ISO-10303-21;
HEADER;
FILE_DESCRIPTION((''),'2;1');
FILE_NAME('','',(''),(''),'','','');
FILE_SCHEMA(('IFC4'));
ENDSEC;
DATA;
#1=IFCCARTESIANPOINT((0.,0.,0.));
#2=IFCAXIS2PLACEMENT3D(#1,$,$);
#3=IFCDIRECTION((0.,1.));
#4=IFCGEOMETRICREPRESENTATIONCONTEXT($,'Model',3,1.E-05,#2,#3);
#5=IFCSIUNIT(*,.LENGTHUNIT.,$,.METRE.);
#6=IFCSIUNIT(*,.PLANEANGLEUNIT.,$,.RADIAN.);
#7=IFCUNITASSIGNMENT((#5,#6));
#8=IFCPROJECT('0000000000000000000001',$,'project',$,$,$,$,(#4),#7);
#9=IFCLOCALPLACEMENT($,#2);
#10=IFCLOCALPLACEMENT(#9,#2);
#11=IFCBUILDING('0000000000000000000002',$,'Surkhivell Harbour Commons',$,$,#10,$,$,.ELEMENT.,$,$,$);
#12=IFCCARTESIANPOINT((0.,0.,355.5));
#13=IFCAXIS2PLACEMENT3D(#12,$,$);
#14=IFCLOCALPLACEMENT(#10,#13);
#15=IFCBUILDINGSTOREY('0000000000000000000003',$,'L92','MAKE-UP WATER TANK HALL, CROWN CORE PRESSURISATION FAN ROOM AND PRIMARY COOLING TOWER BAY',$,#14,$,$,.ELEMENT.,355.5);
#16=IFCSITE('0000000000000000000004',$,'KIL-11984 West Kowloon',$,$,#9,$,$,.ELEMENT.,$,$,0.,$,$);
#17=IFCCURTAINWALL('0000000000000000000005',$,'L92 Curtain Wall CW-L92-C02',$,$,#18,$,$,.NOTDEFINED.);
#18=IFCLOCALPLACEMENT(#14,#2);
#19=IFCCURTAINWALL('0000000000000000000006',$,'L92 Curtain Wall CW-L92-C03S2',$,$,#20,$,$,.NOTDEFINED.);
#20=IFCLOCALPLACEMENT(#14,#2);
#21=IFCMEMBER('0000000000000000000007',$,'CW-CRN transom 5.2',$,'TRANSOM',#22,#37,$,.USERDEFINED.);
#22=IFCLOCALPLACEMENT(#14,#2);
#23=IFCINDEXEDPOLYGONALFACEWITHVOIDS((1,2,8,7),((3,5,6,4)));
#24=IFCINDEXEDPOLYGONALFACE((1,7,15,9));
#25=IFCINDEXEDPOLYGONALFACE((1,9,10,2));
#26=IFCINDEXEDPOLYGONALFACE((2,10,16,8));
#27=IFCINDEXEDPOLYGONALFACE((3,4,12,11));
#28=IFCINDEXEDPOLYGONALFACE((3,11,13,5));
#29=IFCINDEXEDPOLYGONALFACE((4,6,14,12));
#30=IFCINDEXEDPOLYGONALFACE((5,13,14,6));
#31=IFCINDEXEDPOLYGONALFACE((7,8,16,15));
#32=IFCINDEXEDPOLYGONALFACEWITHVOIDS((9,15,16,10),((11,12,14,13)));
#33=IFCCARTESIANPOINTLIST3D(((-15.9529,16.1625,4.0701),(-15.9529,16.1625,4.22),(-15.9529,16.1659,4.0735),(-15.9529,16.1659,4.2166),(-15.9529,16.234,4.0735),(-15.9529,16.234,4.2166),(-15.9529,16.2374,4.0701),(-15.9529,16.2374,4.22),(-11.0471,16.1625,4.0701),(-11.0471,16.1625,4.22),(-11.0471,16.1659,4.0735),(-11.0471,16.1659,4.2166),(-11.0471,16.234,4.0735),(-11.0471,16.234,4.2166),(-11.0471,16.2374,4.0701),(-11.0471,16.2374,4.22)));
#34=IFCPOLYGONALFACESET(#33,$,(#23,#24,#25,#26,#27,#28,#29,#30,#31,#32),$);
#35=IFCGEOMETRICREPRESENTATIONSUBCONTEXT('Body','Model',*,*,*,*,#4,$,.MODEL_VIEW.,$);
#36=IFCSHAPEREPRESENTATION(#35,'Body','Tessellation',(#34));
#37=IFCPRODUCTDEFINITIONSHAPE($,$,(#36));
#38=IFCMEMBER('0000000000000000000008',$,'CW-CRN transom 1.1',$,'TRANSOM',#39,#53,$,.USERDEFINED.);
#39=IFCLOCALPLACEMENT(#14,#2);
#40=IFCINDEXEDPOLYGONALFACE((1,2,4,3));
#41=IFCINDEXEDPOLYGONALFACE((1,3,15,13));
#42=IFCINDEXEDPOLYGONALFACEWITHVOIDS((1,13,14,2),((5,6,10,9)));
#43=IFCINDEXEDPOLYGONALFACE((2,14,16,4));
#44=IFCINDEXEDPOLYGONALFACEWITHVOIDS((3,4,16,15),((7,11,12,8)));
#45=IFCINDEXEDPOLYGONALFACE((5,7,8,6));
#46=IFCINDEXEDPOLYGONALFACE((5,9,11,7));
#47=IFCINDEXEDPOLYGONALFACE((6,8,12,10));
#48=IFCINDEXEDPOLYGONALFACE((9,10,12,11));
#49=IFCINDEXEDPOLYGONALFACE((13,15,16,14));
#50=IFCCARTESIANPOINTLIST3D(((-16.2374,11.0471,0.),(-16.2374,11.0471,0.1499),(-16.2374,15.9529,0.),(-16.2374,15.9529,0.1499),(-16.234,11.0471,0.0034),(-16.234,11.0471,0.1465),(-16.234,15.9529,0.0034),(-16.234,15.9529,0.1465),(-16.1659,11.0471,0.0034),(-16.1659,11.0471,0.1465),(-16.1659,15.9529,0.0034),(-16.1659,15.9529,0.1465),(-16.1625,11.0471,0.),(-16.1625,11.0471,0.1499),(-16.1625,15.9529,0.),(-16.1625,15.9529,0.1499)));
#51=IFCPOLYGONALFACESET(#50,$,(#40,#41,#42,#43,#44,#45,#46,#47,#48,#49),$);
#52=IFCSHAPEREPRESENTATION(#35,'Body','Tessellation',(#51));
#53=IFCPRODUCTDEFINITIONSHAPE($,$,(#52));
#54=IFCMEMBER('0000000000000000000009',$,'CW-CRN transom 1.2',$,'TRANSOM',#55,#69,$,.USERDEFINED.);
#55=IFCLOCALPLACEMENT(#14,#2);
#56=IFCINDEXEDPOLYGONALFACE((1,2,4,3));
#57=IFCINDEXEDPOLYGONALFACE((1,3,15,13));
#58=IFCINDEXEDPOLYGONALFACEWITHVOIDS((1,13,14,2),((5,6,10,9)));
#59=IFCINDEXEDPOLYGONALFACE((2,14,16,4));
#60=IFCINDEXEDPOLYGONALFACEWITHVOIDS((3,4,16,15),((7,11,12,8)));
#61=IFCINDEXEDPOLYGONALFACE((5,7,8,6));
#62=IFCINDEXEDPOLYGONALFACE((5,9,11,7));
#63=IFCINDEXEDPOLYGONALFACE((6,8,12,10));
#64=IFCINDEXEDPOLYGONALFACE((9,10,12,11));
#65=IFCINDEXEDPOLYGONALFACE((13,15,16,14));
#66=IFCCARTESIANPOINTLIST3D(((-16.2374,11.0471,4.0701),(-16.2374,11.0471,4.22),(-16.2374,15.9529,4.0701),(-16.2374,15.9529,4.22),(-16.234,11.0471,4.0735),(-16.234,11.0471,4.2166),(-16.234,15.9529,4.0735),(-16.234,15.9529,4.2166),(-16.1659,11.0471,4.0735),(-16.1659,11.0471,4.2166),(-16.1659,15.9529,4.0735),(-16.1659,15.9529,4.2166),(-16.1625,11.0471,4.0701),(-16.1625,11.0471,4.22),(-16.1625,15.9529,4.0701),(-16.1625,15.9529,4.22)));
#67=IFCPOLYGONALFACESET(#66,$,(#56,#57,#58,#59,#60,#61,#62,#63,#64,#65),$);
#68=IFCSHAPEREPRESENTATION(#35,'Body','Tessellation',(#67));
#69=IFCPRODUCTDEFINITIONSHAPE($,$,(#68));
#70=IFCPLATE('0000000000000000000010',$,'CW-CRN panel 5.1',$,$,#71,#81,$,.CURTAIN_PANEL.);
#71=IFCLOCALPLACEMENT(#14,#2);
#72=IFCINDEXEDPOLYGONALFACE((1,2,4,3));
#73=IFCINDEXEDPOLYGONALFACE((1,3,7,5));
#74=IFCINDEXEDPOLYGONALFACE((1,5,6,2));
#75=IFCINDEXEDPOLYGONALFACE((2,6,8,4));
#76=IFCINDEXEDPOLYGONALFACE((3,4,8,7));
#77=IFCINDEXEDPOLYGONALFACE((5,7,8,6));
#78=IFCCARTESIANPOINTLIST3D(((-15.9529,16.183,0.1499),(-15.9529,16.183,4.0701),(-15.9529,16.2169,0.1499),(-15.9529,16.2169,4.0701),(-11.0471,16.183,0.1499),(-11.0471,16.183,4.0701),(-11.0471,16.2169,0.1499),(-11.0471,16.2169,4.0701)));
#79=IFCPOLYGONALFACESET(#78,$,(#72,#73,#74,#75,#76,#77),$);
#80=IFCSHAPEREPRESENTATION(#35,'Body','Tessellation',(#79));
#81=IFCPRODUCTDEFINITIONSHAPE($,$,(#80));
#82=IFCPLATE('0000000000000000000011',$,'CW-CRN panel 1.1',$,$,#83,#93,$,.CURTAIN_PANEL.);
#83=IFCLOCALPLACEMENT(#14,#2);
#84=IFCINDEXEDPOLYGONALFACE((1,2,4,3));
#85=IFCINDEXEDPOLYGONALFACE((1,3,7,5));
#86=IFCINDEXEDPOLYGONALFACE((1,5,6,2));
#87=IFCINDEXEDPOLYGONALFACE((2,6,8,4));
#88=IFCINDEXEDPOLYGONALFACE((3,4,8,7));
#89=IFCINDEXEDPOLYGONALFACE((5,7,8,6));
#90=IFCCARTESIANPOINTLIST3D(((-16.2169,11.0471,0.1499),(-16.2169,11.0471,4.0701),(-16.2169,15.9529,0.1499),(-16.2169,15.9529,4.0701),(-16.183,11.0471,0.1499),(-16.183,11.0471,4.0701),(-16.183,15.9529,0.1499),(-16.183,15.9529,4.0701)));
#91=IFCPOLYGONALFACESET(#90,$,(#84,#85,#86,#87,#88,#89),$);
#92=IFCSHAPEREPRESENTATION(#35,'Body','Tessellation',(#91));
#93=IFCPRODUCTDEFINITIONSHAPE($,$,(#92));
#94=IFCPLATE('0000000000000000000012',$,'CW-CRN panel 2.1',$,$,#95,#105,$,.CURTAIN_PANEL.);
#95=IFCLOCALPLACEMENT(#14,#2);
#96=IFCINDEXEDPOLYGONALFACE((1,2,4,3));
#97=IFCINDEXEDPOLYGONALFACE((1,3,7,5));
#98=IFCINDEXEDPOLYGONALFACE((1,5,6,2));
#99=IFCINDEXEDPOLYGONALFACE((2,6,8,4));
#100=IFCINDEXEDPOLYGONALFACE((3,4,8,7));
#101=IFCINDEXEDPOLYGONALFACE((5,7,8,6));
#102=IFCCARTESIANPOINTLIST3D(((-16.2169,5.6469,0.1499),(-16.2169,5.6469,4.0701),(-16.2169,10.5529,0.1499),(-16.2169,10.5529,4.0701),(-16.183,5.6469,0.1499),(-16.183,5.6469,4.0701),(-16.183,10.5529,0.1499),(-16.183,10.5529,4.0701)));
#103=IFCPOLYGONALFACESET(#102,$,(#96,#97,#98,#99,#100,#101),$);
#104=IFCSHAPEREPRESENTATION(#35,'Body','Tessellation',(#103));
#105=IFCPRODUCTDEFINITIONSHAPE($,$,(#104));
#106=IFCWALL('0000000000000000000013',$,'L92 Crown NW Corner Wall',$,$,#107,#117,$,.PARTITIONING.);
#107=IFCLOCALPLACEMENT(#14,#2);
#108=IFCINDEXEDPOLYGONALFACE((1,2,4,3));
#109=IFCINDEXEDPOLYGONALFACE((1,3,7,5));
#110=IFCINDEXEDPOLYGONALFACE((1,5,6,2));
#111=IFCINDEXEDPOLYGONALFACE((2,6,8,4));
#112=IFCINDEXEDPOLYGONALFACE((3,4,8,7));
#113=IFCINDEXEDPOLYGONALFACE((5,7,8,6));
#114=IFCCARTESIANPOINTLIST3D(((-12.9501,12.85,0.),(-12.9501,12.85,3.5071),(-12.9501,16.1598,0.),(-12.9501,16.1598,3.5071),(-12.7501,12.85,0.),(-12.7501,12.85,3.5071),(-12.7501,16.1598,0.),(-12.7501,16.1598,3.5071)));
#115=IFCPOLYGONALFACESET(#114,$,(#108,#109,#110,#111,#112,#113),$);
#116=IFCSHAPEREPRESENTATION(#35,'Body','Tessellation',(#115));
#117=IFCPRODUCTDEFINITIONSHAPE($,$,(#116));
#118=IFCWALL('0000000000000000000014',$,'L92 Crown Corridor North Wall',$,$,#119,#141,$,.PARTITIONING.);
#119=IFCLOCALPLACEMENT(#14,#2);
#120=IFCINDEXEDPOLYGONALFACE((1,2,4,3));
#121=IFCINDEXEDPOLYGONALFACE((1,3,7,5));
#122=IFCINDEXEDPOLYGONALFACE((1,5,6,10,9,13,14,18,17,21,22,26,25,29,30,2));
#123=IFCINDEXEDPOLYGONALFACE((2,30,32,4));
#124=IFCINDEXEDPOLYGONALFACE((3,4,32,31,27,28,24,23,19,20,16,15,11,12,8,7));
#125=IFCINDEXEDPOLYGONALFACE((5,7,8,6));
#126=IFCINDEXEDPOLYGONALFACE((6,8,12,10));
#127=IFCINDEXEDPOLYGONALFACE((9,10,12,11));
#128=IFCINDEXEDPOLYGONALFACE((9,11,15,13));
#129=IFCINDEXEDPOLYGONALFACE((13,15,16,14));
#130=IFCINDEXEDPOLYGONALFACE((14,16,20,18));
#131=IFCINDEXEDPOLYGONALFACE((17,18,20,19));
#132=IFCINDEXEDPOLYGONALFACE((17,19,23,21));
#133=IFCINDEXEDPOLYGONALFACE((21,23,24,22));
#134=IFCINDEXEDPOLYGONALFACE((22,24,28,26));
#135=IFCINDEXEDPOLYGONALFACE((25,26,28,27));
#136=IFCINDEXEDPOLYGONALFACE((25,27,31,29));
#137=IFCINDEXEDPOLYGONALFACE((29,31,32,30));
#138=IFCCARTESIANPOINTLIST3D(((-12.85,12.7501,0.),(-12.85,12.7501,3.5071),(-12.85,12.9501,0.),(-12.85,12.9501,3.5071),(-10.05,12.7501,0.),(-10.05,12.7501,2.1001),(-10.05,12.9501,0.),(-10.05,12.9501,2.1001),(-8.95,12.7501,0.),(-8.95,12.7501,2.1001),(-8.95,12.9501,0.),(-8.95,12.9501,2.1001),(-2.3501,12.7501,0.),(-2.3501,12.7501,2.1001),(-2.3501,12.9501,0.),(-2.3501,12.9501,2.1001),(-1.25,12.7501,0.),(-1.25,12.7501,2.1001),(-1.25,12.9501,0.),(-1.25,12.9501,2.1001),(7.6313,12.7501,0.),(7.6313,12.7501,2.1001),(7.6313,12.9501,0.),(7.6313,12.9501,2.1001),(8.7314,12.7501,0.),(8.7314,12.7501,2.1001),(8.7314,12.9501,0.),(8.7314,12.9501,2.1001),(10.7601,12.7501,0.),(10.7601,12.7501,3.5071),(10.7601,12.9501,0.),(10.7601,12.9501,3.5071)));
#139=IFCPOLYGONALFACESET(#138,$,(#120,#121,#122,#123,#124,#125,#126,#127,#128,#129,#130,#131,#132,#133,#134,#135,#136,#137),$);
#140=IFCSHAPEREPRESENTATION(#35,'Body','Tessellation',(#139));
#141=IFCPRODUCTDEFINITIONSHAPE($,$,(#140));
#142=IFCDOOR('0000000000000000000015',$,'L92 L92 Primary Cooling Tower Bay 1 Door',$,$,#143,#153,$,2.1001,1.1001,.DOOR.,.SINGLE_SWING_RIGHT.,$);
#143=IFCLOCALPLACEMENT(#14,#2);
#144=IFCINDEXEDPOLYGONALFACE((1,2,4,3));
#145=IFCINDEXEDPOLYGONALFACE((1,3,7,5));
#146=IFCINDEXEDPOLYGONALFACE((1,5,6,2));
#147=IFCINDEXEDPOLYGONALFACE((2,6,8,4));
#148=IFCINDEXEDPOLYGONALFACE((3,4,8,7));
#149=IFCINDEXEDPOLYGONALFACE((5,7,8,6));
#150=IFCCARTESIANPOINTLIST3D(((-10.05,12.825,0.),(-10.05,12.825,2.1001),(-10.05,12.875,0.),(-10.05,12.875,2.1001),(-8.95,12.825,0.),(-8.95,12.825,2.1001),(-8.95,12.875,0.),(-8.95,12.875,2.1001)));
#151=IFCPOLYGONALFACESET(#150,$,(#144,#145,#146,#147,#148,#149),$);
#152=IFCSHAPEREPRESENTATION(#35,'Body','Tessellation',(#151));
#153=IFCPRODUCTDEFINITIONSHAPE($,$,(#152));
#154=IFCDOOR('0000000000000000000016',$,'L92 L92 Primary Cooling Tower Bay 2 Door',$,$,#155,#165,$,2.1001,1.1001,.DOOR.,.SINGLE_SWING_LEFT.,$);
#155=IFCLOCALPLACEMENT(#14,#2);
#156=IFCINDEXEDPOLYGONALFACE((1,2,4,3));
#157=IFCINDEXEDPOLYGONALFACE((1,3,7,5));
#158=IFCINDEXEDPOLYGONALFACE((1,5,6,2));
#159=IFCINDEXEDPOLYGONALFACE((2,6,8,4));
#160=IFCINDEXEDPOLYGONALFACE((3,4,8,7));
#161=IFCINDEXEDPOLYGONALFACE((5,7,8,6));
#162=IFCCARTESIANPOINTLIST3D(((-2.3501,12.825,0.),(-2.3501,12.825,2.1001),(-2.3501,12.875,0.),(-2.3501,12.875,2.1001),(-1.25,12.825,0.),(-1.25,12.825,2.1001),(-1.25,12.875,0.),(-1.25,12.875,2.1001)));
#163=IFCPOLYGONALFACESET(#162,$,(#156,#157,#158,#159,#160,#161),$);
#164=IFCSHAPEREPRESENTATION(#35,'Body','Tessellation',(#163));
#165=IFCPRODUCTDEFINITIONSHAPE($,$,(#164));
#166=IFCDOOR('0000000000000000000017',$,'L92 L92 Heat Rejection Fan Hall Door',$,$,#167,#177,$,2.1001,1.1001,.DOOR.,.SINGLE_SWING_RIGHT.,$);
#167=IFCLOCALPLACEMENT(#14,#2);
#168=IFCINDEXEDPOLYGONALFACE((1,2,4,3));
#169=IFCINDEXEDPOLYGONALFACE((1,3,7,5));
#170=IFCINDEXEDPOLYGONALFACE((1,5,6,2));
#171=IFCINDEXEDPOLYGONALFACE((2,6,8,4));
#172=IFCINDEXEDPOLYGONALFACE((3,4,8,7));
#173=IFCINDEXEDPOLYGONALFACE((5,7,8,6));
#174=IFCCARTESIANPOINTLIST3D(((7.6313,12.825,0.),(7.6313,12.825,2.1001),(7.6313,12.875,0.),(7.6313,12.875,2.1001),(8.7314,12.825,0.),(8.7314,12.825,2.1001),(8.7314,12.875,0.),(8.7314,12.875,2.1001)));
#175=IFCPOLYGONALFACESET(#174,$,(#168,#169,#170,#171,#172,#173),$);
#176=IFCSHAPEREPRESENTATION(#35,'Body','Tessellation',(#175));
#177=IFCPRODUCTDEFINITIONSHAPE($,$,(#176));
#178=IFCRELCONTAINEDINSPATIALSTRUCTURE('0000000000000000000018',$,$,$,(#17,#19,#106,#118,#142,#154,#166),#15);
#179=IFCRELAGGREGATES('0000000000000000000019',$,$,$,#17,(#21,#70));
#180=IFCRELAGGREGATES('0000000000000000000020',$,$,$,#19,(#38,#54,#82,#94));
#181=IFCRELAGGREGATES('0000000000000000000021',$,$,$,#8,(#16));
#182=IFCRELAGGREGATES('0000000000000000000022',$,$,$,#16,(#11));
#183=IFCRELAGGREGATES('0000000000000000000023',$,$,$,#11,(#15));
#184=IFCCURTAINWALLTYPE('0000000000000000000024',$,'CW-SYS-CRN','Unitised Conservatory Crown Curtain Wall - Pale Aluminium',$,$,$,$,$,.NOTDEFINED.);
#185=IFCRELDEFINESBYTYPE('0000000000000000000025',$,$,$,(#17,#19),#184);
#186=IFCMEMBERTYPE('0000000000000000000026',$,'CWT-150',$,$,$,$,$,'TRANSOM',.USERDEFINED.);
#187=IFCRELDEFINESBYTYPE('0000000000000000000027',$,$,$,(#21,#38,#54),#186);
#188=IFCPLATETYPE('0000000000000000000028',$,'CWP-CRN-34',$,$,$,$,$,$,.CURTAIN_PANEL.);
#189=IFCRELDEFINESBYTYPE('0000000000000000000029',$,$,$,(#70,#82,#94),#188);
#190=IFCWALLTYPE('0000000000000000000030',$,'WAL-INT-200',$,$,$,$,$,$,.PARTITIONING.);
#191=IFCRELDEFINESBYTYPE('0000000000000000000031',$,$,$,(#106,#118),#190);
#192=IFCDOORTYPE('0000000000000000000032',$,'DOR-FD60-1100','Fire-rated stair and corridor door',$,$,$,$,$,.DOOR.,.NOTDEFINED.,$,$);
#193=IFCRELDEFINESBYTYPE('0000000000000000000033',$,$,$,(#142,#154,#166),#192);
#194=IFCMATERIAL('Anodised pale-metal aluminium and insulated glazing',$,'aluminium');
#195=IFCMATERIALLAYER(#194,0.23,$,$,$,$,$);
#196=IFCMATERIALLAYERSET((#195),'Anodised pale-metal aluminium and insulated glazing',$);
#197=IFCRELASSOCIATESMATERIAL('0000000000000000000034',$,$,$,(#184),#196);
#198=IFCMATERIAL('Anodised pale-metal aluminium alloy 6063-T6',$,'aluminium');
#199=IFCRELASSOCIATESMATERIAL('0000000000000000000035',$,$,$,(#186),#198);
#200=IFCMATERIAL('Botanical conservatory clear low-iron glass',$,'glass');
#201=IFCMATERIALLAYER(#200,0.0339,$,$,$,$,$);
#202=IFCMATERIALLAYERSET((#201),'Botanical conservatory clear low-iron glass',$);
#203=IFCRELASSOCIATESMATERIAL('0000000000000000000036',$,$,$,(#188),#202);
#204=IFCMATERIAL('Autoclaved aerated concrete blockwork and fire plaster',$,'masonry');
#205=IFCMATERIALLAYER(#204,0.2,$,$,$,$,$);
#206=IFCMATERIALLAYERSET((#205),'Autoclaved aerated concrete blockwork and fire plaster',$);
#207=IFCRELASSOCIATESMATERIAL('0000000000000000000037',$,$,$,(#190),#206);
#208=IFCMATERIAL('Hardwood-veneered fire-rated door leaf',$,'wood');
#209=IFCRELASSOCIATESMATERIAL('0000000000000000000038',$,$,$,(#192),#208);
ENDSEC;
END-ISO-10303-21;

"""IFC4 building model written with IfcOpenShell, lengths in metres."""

from ifc_helpers import new_model, si_unit, direction, frame, frame_2d, origin, origin_2d, place, context, subcontext, project, spatial, rectangle, hollow_rectangle, extrude, material, layer, layer_set, material_profile, profile_set, type_object, element, fill, aggregate, save


model = new_model("IFC4")

# Units and contexts
model_context = context("Model", 3, precision=1e-05, world=origin(), true_north=direction((0.0, 1.0)))
body_context = subcontext(model_context, "Body", "Model", "MODEL_VIEW")
ifc_project = project(units=[si_unit("LENGTHUNIT", "METRE"), si_unit("PLANEANGLEUNIT", "RADIAN")], contexts=[model_context])

# Site, building, storey
site_placement = place(None, origin())
site = spatial("IfcSite", under=ifc_project, at=site_placement, Name="KIL-11984 West Kowloon", CompositionType="ELEMENT", RefElevation=0.0)
building_placement = place(site_placement, origin())
building = spatial("IfcBuilding", under=site, at=building_placement, Name="Surkhivell Harbour Commons", CompositionType="ELEMENT")
storey_placement = place(building_placement, frame((0.0, 0.0, 355.5)))
storey = spatial("IfcBuildingStorey", under=building, at=storey_placement, Name="L92", Description="MAKE-UP WATER TANK HALL, CROWN CORE PRESSURISATION FAN ROOM AND PRIMARY COOLING TOWER BAY", CompositionType="ELEMENT", Elevation=355.5)

# Curtain wall
ifc_material_1 = material(Name="Anodised pale-metal aluminium and insulated glazing", Category="aluminium")
ifc_layer_1 = layer(ifc_material_1, 0.23)
ifc_layer_set_1 = layer_set([ifc_layer_1], Name="Anodised pale-metal aluminium and insulated glazing")
curtain_wall_type = type_object("IfcCurtainWallType", Name="CW-SYS-CRN", Description="Unitised Conservatory Crown Curtain Wall - Pale Aluminium", PredefinedType="NOTDEFINED", material=ifc_layer_set_1)
curtain_wall_1_placement = place(storey_placement, origin())
curtain_wall_1 = element("IfcCurtainWall", 1, at=curtain_wall_1_placement, inside=storey, type_object=curtain_wall_type, Name="L92 Curtain Wall CW-L92-C02", PredefinedType="NOTDEFINED")
ifc_material_2 = material(Name="Anodised pale-metal aluminium alloy 6063-T6", Category="aluminium")

# Curtain wall
curtain_wall_2_placement = place(storey_placement, origin())
curtain_wall_2 = element("IfcCurtainWall", 2, at=curtain_wall_2_placement, inside=storey, type_object=curtain_wall_type, Name="L92 Curtain Wall CW-L92-C03S2", PredefinedType="NOTDEFINED")

# Members
ifc_material_profile_1 = material_profile(ifc_material_2, hollow_rectangle(XDim=0.075, YDim=0.1499, WallThickness=0.0034, at=origin_2d()), Name="ALU-TRAN-75x150")
ifc_profile_set_1 = profile_set([ifc_material_profile_1], Name="Anodised pale-metal aluminium alloy 6063-T6")
member_type_1 = type_object("IfcMemberType", Name="CWT-150", ElementType="TRANSOM", PredefinedType="USERDEFINED", material=ifc_profile_set_1)
member_1_placement = place(storey_placement, frame((-11.0471, 16.2, 4.145), z_axis=(-1.0, 0.0, 0.0), x_axis=(0.0, -1.0, 0.0)))
member_1 = element("IfcMember", 3, at=member_1_placement, type_object=member_type_1, Name="CW-CRN transom 5.2", ObjectType="TRANSOM", PredefinedType="USERDEFINED", context=body_context, shape_type="SweptSolid", body=[
    extrude(hollow_rectangle(XDim=0.075, YDim=0.1499, WallThickness=0.0034, at=origin_2d()), origin(), (0.0, 0.0, 1.0), 4.9058),
])
member_2_placement = place(storey_placement, frame((-16.2, 15.9529, 0.075), z_axis=(0.0, -1.0, 0.0), x_axis=(1.0, 0.0, 0.0)))
member_2 = element("IfcMember", 4, at=member_2_placement, type_object=member_type_1, Name="CW-CRN transom 1.1", ObjectType="TRANSOM", PredefinedType="USERDEFINED", context=body_context, shape_type="SweptSolid", body=[
    extrude(hollow_rectangle(XDim=0.075, YDim=0.1499, WallThickness=0.0034, at=origin_2d()), origin(), (0.0, 0.0, 1.0), 4.9058),
])
member_3_placement = place(storey_placement, frame((-16.2, 15.9529, 4.145), z_axis=(0.0, -1.0, 0.0), x_axis=(1.0, 0.0, 0.0)))
member_3 = element("IfcMember", 5, at=member_3_placement, type_object=member_type_1, Name="CW-CRN transom 1.2", ObjectType="TRANSOM", PredefinedType="USERDEFINED", context=body_context, shape_type="SweptSolid", body=[
    extrude(hollow_rectangle(XDim=0.075, YDim=0.1499, WallThickness=0.0034, at=origin_2d()), origin(), (0.0, 0.0, 1.0), 4.9058),
])

# Plates
ifc_material_3 = material(Name="Botanical conservatory clear low-iron glass", Category="glass")
ifc_layer_2 = layer(ifc_material_3, 0.0339)
ifc_layer_set_2 = layer_set([ifc_layer_2], Name="Botanical conservatory clear low-iron glass")
plate_type = type_object("IfcPlateType", Name="CWP-CRN-34", PredefinedType="CURTAIN_PANEL", material=ifc_layer_set_2)
plate_1_placement = place(storey_placement, frame((-11.0471, 16.2, 0.1499), z_axis=(0.0, 0.0, 1.0), x_axis=(-1.0, 0.0, 0.0)))
plate_1 = element("IfcPlate", 6, at=plate_1_placement, type_object=plate_type, Name="CW-CRN panel 5.1", PredefinedType="CURTAIN_PANEL", context=body_context, shape_type="SweptSolid", body=[
    extrude(rectangle(XDim=4.9058, YDim=0.0339, at=frame_2d((2.4529, 0.0))), origin(), (0.0, 0.0, 1.0), 3.9202),
])
aggregate(curtain_wall_1, [member_1, plate_1])
plate_2_placement = place(storey_placement, frame((-16.2, 15.9529, 0.1499), z_axis=(0.0, 0.0, 1.0), x_axis=(0.0, -1.0, 0.0)))
plate_2 = element("IfcPlate", 7, at=plate_2_placement, type_object=plate_type, Name="CW-CRN panel 1.1", PredefinedType="CURTAIN_PANEL", context=body_context, shape_type="SweptSolid", body=[
    extrude(rectangle(XDim=4.9058, YDim=0.0339, at=frame_2d((2.4529, 0.0))), origin(), (0.0, 0.0, 1.0), 3.9202),
])
plate_3_placement = place(storey_placement, frame((-16.2, 10.553, 0.1499), z_axis=(0.0, 0.0, 1.0), x_axis=(0.0, -1.0, 0.0)))
plate_3 = element("IfcPlate", 8, at=plate_3_placement, type_object=plate_type, Name="CW-CRN panel 2.1", PredefinedType="CURTAIN_PANEL", context=body_context, shape_type="SweptSolid", body=[
    extrude(rectangle(XDim=4.906, YDim=0.0339, at=frame_2d((2.4531, 0.0))), origin(), (0.0, 0.0, 1.0), 3.9202),
])
aggregate(curtain_wall_2, [member_2, member_3, plate_2, plate_3])

# Wall
ifc_material_4 = material(Name="Autoclaved aerated concrete blockwork and fire plaster", Category="masonry")
ifc_layer_3 = layer(ifc_material_4, 0.2)
ifc_layer_set_3 = layer_set([ifc_layer_3], Name="Autoclaved aerated concrete blockwork and fire plaster")
wall_type = type_object("IfcWallType", Name="WAL-INT-200", PredefinedType="PARTITIONING", material=ifc_layer_set_3)
wall_1_placement = place(storey_placement, frame((-12.8501, 12.8501, 0.0), z_axis=(0.0, 0.0, 1.0), x_axis=(0.0, 1.0, 0.0)))
element("IfcWall", 9, at=wall_1_placement, inside=storey, type_object=wall_type, Name="L92 Crown NW Corner Wall", PredefinedType="PARTITIONING", context=body_context, shape_type="SweptSolid", body=[
    extrude(rectangle(XDim=3.3098, YDim=0.2, at=frame_2d((1.6548, 0.0))), origin(), (0.0, 0.0, 1.0), 3.5071),
])

# Wall, openings, doors
wall_2_placement = place(storey_placement, frame((-12.8501, 12.8501, 0.0), z_axis=(0.0, 0.0, 1.0), x_axis=(1.0, 0.0, 0.0)))
wall_2 = element("IfcWall", 10, at=wall_2_placement, inside=storey, type_object=wall_type, Name="L92 Crown Corridor North Wall", PredefinedType="PARTITIONING", context=body_context, shape_type="SweptSolid", body=[
    extrude(rectangle(XDim=23.6101, YDim=0.2, at=frame_2d((11.8052, 0.0))), origin(), (0.0, 0.0, 1.0), 3.5071),
])
opening_1_placement = place(wall_2_placement, frame((2.8, 0.0, 0.0)))
opening_1 = element("IfcOpeningElement", 11, at=opening_1_placement, cuts=wall_2, PredefinedType="OPENING", context=body_context, shape_type="SweptSolid", body=[
    extrude(rectangle(XDim=1.1001, YDim=2.1001, at=frame_2d((0.55, 1.05))), frame((0.0, 0.1099, 0.0), z_axis=(0.0, -1.0, 0.0), x_axis=(1.0, 0.0, 0.0)), (0.0, 0.0, 1.0), 0.22),
])
opening_2_placement = place(wall_2_placement, frame((10.5, 0.0, 0.0)))
opening_2 = element("IfcOpeningElement", 12, at=opening_2_placement, cuts=wall_2, PredefinedType="OPENING", context=body_context, shape_type="SweptSolid", body=[
    extrude(rectangle(XDim=1.1001, YDim=2.1001, at=frame_2d((0.55, 1.05))), frame((0.0, 0.1099, 0.0), z_axis=(0.0, -1.0, 0.0), x_axis=(1.0, 0.0, 0.0)), (0.0, 0.0, 1.0), 0.22),
])
opening_3_placement = place(wall_2_placement, frame((20.4814, 0.0, 0.0)))
opening_3 = element("IfcOpeningElement", 13, at=opening_3_placement, cuts=wall_2, PredefinedType="OPENING", context=body_context, shape_type="SweptSolid", body=[
    extrude(rectangle(XDim=1.1001, YDim=2.1001, at=frame_2d((0.55, 1.05))), frame((0.0, 0.1099, 0.0), z_axis=(0.0, -1.0, 0.0), x_axis=(1.0, 0.0, 0.0)), (0.0, 0.0, 1.0), 0.22),
])
ifc_material_5 = material(Name="Hardwood-veneered fire-rated door leaf", Category="wood")
door_type = type_object("IfcDoorType", Name="DOR-FD60-1100", Description="Fire-rated stair and corridor door", OperationType="NOTDEFINED", PredefinedType="DOOR", material=ifc_material_5)
door_1_placement = place(opening_1_placement, origin())
door_1 = element("IfcDoor", 14, at=door_1_placement, inside=storey, type_object=door_type, Name="L92 L92 Primary Cooling Tower Bay 1 Door", OperationType="SINGLE_SWING_RIGHT", OverallHeight=2.1001, OverallWidth=1.1001, PredefinedType="DOOR", context=body_context, shape_type="SweptSolid", body=[
    extrude(rectangle(XDim=1.1001, YDim=2.1001, at=frame_2d((0.55, 1.05))), frame((0.0, 0.0249, 0.0), z_axis=(0.0, -1.0, 0.0), x_axis=(1.0, 0.0, 0.0)), (0.0, 0.0, 1.0), 0.05),
])
fill(opening_1, door_1)
door_2_placement = place(opening_2_placement, origin())
door_2 = element("IfcDoor", 15, at=door_2_placement, inside=storey, type_object=door_type, Name="L92 L92 Primary Cooling Tower Bay 2 Door", OperationType="SINGLE_SWING_LEFT", OverallHeight=2.1001, OverallWidth=1.1001, PredefinedType="DOOR", context=body_context, shape_type="SweptSolid", body=[
    extrude(rectangle(XDim=1.1001, YDim=2.1001, at=frame_2d((0.55, 1.05))), frame((0.0, 0.0249, 0.0), z_axis=(0.0, -1.0, 0.0), x_axis=(1.0, 0.0, 0.0)), (0.0, 0.0, 1.0), 0.05),
])
fill(opening_2, door_2)
door_3_placement = place(opening_3_placement, origin())
door_3 = element("IfcDoor", 16, at=door_3_placement, inside=storey, type_object=door_type, Name="L92 L92 Heat Rejection Fan Hall Door", OperationType="SINGLE_SWING_RIGHT", OverallHeight=2.1001, OverallWidth=1.1001, PredefinedType="DOOR", context=body_context, shape_type="SweptSolid", body=[
    extrude(rectangle(XDim=1.1001, YDim=2.1001, at=frame_2d((0.55, 1.05))), frame((0.0, 0.0249, 0.0), z_axis=(0.0, -1.0, 0.0), x_axis=(1.0, 0.0, 0.0)), (0.0, 0.0, 1.0), 0.05),
])
fill(opening_3, door_3)

save(model, "model.ifc")
